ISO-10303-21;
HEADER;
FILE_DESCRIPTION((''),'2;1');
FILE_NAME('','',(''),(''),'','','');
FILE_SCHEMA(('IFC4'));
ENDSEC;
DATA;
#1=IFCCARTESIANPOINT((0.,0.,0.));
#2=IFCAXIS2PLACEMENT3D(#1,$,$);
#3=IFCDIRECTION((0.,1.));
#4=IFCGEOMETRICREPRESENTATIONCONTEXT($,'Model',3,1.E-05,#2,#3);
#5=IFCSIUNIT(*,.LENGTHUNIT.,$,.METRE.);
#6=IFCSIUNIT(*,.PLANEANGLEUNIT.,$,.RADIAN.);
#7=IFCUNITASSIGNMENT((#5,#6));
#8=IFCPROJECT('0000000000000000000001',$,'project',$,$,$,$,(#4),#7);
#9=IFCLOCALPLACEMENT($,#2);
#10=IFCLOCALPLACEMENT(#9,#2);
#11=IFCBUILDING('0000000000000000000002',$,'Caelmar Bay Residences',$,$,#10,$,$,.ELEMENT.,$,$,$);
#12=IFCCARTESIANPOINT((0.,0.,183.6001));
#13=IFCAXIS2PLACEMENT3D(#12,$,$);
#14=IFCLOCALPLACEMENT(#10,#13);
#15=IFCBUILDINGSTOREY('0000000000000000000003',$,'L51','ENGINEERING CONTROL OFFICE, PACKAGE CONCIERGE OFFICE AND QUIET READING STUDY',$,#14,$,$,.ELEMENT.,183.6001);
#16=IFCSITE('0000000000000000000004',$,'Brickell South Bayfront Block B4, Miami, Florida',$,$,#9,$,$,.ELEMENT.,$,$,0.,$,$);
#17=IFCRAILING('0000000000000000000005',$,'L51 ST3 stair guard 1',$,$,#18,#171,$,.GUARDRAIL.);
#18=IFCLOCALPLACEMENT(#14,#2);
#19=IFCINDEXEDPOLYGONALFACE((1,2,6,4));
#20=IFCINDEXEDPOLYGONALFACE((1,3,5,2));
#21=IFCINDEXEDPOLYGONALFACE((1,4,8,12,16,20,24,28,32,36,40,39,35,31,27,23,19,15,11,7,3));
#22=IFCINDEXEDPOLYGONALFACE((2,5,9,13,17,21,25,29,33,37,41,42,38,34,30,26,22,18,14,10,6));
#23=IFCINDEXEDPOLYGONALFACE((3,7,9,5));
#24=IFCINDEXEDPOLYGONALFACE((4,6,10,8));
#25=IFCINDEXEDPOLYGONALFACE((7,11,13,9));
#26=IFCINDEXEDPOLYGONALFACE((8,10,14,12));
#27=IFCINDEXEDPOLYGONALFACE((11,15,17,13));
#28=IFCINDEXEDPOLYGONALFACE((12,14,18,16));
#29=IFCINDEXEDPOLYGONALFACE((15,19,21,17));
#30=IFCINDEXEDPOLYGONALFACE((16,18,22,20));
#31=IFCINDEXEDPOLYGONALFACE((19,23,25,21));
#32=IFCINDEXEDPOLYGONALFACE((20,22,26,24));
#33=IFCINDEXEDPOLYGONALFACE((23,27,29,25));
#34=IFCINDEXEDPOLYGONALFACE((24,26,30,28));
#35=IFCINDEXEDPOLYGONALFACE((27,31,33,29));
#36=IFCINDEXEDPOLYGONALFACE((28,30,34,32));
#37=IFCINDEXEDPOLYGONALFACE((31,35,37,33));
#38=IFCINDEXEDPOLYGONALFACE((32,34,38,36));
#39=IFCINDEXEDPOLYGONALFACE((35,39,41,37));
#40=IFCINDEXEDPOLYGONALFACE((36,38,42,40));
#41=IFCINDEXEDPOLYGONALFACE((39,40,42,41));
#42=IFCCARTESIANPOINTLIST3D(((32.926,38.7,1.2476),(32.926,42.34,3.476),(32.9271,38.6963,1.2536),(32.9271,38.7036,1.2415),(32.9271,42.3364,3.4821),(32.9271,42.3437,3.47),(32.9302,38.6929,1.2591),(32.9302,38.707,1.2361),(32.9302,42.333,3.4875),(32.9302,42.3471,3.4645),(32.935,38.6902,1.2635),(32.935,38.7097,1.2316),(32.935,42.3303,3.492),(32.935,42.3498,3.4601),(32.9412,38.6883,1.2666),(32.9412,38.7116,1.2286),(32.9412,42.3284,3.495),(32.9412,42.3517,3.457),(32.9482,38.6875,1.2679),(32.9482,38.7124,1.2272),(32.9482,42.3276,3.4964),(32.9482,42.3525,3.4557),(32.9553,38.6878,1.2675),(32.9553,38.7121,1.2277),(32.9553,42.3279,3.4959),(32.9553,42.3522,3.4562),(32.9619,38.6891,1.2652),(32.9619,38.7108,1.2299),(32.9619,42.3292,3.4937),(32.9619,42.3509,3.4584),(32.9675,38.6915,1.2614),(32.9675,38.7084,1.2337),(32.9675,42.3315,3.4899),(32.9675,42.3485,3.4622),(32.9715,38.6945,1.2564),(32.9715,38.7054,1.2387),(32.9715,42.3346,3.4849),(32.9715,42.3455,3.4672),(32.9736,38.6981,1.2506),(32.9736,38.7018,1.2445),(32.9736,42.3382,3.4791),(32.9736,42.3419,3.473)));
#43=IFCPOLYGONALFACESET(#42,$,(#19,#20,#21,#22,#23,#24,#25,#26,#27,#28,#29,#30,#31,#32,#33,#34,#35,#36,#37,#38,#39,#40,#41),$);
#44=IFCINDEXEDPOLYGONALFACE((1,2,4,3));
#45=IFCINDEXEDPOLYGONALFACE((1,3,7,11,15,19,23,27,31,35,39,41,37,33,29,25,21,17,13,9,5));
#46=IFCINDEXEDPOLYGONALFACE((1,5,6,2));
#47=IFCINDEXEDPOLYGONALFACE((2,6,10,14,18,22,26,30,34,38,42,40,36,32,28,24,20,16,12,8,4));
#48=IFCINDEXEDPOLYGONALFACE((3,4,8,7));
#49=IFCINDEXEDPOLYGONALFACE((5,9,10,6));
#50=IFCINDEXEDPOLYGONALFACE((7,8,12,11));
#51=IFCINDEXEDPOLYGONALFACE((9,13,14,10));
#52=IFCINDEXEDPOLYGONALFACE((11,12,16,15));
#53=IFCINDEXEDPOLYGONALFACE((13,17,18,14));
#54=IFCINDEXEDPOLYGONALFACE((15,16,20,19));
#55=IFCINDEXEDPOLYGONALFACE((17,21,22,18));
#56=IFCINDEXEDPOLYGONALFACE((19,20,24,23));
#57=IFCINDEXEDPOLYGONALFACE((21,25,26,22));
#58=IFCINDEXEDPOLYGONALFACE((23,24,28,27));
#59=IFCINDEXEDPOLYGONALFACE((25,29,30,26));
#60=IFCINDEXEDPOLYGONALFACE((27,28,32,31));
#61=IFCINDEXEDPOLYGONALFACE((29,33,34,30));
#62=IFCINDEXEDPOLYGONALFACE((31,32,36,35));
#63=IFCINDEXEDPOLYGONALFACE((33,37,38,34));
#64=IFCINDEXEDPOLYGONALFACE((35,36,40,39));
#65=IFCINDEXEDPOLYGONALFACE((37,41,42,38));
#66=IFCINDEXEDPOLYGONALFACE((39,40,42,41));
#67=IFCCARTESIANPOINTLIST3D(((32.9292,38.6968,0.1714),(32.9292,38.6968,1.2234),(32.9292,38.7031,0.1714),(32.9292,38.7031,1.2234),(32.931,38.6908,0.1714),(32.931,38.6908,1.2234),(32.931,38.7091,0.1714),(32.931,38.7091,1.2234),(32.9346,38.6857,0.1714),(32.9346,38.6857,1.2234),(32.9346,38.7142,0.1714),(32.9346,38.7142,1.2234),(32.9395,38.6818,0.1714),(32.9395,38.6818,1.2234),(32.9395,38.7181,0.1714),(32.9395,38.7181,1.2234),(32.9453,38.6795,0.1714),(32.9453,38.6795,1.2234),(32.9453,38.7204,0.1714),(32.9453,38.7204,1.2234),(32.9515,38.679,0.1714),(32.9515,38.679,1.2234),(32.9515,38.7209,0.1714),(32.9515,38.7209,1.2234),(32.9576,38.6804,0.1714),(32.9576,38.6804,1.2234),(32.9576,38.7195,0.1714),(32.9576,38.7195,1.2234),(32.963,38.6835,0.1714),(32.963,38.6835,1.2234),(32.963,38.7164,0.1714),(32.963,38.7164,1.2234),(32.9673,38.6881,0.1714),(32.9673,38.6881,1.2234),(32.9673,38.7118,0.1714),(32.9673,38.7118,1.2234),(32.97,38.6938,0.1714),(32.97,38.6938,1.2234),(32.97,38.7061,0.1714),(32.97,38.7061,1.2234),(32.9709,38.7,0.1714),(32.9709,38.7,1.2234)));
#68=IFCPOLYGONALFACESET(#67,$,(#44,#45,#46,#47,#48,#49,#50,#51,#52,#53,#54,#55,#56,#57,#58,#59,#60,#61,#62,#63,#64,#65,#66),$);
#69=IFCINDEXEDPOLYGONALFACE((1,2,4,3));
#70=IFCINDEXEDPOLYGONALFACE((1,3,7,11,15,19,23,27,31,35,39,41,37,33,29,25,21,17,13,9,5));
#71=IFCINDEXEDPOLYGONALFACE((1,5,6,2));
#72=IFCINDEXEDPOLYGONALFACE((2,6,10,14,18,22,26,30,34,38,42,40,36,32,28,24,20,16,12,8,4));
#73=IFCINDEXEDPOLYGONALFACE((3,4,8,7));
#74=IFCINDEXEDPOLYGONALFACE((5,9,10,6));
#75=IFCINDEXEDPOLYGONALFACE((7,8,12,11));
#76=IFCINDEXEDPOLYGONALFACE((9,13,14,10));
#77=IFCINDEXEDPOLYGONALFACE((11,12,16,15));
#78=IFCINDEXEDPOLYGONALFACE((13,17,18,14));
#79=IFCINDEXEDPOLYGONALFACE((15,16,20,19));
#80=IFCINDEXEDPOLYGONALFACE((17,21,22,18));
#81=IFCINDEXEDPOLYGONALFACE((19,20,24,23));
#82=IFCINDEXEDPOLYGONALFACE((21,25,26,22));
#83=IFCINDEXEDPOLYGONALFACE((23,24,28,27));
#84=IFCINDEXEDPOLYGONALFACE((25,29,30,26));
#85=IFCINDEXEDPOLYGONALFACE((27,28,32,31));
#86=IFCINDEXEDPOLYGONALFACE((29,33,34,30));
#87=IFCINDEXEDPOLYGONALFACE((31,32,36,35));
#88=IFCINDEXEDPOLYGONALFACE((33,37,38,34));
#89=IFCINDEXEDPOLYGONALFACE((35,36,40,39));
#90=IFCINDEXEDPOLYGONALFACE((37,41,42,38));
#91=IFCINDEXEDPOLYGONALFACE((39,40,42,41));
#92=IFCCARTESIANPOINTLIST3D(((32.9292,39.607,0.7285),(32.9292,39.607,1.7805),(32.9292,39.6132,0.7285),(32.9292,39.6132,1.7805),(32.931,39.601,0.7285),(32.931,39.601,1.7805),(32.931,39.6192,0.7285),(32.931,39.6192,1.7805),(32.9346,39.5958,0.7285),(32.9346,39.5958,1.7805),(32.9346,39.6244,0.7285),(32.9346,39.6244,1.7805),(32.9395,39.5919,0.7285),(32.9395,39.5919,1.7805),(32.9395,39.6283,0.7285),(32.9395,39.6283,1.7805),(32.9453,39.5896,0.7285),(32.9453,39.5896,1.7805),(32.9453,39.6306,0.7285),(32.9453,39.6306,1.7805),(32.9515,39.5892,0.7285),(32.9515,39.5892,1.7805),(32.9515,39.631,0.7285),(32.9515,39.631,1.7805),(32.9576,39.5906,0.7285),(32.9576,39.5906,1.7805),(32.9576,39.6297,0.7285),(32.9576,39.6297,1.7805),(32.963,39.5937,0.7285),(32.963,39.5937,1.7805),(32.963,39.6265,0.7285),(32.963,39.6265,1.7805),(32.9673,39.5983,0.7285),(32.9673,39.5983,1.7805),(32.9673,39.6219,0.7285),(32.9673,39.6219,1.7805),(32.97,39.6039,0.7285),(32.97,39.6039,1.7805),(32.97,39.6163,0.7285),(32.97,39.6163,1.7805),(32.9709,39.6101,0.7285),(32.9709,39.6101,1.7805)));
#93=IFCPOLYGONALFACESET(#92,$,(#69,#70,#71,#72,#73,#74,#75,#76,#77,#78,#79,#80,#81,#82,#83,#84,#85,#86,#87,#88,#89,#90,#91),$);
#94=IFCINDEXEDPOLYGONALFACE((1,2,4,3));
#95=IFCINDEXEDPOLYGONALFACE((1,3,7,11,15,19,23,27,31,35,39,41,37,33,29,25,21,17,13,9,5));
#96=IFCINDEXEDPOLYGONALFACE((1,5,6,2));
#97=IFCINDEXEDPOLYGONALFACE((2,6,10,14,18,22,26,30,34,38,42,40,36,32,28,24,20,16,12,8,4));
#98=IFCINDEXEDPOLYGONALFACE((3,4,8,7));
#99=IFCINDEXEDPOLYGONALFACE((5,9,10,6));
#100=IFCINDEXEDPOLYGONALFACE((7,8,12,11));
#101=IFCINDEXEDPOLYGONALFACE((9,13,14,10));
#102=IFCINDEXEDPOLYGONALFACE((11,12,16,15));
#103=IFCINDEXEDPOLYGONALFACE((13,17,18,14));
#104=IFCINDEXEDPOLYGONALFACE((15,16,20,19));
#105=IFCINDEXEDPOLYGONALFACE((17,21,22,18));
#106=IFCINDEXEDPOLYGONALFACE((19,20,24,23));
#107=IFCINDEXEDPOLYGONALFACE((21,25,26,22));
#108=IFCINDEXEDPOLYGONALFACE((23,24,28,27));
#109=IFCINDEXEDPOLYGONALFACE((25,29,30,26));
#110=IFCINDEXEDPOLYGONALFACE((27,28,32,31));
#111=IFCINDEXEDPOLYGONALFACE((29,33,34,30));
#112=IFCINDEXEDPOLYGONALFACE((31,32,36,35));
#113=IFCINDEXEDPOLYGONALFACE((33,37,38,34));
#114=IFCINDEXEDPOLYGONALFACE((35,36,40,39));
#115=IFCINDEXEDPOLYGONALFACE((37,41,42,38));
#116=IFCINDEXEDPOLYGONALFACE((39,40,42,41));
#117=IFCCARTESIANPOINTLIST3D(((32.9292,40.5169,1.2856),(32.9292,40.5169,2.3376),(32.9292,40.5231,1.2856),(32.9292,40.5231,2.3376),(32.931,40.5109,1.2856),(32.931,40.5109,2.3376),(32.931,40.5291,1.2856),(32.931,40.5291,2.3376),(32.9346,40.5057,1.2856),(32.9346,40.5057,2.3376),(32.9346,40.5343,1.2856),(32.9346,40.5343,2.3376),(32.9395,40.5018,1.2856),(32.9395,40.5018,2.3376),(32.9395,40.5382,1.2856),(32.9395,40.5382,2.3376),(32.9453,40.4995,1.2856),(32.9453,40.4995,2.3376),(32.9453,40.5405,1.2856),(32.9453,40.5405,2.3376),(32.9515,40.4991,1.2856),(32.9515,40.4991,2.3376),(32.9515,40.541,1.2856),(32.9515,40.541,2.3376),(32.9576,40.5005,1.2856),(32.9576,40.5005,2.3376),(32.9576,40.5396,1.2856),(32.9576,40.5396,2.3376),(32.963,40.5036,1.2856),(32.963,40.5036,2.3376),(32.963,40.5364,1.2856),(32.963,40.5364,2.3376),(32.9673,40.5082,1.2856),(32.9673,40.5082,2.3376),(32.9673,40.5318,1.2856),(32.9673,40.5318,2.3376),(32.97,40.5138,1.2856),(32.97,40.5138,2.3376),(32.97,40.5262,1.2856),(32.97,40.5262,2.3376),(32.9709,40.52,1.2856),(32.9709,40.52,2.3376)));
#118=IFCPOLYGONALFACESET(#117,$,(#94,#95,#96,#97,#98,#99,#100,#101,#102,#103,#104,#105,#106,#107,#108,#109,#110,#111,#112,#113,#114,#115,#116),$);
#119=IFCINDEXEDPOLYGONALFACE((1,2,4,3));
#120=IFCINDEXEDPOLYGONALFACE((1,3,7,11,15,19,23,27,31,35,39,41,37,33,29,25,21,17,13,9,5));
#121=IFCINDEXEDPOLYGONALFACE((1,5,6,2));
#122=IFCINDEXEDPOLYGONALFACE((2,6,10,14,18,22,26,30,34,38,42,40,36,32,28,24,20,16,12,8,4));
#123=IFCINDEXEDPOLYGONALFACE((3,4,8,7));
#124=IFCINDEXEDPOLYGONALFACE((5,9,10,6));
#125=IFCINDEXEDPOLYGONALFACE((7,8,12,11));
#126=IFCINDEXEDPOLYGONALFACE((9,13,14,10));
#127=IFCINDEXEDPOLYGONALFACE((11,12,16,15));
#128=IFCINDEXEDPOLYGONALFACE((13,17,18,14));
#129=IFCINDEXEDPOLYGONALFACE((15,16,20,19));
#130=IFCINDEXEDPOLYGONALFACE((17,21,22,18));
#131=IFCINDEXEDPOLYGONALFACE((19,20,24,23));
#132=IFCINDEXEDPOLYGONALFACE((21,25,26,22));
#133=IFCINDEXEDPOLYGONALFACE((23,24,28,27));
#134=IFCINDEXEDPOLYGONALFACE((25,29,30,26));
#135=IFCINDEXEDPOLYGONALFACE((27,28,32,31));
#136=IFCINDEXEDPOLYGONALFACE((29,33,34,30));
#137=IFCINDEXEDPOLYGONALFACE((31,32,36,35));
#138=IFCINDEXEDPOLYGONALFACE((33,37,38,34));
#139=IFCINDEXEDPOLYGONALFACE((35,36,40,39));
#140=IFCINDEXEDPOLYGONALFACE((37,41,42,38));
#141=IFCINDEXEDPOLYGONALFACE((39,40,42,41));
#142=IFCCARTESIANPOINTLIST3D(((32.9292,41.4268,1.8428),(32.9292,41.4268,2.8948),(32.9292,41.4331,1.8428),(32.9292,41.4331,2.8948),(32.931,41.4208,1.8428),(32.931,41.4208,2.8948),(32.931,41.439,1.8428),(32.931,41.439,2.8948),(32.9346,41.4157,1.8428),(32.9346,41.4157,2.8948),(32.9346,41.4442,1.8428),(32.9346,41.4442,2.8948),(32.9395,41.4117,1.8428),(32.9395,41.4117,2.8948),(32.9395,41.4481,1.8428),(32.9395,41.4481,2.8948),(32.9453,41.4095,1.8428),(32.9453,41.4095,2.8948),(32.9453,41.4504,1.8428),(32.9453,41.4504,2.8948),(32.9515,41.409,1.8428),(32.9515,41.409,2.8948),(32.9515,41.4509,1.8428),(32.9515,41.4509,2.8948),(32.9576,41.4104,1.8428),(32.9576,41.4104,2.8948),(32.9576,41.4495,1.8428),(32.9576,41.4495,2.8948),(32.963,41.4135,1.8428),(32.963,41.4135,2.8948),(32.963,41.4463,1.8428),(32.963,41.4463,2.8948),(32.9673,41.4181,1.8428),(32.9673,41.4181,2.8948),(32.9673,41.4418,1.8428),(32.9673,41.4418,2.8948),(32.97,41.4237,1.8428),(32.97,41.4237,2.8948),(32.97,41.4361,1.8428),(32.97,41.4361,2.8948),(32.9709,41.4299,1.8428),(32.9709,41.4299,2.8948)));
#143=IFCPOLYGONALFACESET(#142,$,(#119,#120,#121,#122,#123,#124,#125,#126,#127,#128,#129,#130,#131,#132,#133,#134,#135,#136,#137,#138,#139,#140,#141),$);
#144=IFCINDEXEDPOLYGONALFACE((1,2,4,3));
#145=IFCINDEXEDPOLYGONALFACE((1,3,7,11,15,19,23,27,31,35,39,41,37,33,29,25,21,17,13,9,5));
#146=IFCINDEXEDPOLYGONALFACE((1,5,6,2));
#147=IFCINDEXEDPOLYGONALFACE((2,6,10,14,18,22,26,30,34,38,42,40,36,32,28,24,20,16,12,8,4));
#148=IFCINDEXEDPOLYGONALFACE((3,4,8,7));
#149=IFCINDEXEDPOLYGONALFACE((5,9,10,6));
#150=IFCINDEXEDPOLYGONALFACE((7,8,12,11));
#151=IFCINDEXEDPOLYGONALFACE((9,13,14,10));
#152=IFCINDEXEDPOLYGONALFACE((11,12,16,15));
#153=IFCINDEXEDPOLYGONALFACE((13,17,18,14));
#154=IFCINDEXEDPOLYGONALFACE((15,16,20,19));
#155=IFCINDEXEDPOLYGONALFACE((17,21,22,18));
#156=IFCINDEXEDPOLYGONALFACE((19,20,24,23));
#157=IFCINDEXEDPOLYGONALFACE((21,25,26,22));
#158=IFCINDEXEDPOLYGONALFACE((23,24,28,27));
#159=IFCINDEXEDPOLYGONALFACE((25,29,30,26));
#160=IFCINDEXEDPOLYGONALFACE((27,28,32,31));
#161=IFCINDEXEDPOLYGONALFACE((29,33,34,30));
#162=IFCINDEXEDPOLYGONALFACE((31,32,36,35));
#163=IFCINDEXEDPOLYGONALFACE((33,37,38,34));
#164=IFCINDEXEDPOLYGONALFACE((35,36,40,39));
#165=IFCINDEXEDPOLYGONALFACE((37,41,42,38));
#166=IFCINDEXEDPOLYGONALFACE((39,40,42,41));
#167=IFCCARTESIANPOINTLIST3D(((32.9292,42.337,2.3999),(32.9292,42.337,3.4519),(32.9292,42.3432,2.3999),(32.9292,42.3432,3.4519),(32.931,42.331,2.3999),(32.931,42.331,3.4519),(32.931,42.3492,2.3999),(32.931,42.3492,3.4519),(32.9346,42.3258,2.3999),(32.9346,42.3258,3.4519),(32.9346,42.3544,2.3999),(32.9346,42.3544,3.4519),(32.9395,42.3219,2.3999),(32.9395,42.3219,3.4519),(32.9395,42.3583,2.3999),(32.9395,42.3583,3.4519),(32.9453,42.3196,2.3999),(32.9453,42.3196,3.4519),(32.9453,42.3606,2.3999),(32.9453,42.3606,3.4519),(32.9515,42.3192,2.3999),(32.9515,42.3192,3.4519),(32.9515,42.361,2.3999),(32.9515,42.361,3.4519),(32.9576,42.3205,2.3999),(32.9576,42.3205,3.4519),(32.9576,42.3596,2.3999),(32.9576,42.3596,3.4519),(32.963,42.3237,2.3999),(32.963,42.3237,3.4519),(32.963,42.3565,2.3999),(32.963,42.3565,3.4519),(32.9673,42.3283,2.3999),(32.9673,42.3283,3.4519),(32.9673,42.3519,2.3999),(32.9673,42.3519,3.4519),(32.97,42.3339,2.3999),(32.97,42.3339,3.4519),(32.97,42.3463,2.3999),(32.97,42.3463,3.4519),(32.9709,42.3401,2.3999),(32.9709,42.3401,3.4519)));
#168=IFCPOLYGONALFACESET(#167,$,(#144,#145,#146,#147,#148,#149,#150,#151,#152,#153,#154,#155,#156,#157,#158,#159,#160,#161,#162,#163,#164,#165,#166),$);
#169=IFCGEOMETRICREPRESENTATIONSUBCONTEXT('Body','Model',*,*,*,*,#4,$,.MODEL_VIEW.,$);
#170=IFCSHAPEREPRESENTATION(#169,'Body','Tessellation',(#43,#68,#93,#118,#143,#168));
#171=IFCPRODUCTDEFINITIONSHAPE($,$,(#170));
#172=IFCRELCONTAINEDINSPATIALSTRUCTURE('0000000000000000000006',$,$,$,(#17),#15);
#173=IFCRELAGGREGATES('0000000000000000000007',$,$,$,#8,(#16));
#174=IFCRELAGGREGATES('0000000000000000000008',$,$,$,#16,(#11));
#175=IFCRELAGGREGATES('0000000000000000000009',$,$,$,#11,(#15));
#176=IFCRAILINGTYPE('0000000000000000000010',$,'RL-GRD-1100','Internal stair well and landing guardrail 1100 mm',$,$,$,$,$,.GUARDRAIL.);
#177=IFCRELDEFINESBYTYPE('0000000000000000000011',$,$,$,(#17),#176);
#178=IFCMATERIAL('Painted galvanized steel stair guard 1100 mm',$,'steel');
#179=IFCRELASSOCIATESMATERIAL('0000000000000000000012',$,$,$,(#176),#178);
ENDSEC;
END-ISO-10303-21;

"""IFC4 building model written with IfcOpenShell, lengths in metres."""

from ifc_helpers import new_model, si_unit, direction, frame, origin, origin_2d, place, context, subcontext, project, spatial, circle, extrude, material, type_object, element, save


model = new_model("IFC4")

# Units and contexts
model_context = context("Model", 3, precision=1e-05, world=origin(), true_north=direction((0.0, 1.0)))
body_context = subcontext(model_context, "Body", "Model", "MODEL_VIEW")
ifc_project = project(units=[si_unit("LENGTHUNIT", "METRE"), si_unit("PLANEANGLEUNIT", "RADIAN")], contexts=[model_context])

# Site, building, storey
site_placement = place(None, origin())
site = spatial("IfcSite", under=ifc_project, at=site_placement, Name="Brickell South Bayfront Block B4, Miami, Florida", CompositionType="ELEMENT", RefElevation=0.0)
building_placement = place(site_placement, origin())
building = spatial("IfcBuilding", under=site, at=building_placement, Name="Caelmar Bay Residences", CompositionType="ELEMENT")
storey_placement = place(building_placement, frame((0.0, 0.0, 183.6001)))
storey = spatial("IfcBuildingStorey", under=building, at=storey_placement, Name="L51", Description="ENGINEERING CONTROL OFFICE, PACKAGE CONCIERGE OFFICE AND QUIET READING STUDY", CompositionType="ELEMENT", Elevation=183.6001)

# Railing
ifc_material_1 = material(Name="Painted galvanized steel stair guard 1100 mm", Category="steel")
railing_type_1 = type_object("IfcRailingType", Name="RL-GRD-1100", Description="Internal stair well and landing guardrail 1100 mm", PredefinedType="GUARDRAIL", material=ifc_material_1)
railing_1_placement = place(storey_placement, frame((32.95, 38.7, 0.1714)))
element("IfcRailing", 1, at=railing_1_placement, inside=storey, type_object=railing_type_1, Name="L51 ST3 stair guard 1", PredefinedType="GUARDRAIL", context=body_context, shape_type="SweptSolid", body=[
    extrude(circle(Radius=0.0239, at=origin_2d()), frame((0.0, 0.0, 1.0762), z_axis=(0.0, 0.852866, 0.52213), x_axis=(-1.0, 0.0, 0.0)), (0.0, 0.0, 1.0), 4.2681),
    extrude(circle(Radius=0.021, at=origin_2d()), origin(), (0.0, 0.0, 1.0), 1.052),
    extrude(circle(Radius=0.021, at=origin_2d()), frame((0.0, 0.9102, 0.5571)), (0.0, 0.0, 1.0), 1.052),
    extrude(circle(Radius=0.021, at=origin_2d()), frame((0.0, 1.8201, 1.1143)), (0.0, 0.0, 1.0), 1.052),
    extrude(circle(Radius=0.021, at=origin_2d()), frame((0.0, 2.73, 1.6714)), (0.0, 0.0, 1.0), 1.052),
    extrude(circle(Radius=0.021, at=origin_2d()), frame((0.0, 3.6401, 2.2285)), (0.0, 0.0, 1.0), 1.052),
])

save(model, "model.ifc")
